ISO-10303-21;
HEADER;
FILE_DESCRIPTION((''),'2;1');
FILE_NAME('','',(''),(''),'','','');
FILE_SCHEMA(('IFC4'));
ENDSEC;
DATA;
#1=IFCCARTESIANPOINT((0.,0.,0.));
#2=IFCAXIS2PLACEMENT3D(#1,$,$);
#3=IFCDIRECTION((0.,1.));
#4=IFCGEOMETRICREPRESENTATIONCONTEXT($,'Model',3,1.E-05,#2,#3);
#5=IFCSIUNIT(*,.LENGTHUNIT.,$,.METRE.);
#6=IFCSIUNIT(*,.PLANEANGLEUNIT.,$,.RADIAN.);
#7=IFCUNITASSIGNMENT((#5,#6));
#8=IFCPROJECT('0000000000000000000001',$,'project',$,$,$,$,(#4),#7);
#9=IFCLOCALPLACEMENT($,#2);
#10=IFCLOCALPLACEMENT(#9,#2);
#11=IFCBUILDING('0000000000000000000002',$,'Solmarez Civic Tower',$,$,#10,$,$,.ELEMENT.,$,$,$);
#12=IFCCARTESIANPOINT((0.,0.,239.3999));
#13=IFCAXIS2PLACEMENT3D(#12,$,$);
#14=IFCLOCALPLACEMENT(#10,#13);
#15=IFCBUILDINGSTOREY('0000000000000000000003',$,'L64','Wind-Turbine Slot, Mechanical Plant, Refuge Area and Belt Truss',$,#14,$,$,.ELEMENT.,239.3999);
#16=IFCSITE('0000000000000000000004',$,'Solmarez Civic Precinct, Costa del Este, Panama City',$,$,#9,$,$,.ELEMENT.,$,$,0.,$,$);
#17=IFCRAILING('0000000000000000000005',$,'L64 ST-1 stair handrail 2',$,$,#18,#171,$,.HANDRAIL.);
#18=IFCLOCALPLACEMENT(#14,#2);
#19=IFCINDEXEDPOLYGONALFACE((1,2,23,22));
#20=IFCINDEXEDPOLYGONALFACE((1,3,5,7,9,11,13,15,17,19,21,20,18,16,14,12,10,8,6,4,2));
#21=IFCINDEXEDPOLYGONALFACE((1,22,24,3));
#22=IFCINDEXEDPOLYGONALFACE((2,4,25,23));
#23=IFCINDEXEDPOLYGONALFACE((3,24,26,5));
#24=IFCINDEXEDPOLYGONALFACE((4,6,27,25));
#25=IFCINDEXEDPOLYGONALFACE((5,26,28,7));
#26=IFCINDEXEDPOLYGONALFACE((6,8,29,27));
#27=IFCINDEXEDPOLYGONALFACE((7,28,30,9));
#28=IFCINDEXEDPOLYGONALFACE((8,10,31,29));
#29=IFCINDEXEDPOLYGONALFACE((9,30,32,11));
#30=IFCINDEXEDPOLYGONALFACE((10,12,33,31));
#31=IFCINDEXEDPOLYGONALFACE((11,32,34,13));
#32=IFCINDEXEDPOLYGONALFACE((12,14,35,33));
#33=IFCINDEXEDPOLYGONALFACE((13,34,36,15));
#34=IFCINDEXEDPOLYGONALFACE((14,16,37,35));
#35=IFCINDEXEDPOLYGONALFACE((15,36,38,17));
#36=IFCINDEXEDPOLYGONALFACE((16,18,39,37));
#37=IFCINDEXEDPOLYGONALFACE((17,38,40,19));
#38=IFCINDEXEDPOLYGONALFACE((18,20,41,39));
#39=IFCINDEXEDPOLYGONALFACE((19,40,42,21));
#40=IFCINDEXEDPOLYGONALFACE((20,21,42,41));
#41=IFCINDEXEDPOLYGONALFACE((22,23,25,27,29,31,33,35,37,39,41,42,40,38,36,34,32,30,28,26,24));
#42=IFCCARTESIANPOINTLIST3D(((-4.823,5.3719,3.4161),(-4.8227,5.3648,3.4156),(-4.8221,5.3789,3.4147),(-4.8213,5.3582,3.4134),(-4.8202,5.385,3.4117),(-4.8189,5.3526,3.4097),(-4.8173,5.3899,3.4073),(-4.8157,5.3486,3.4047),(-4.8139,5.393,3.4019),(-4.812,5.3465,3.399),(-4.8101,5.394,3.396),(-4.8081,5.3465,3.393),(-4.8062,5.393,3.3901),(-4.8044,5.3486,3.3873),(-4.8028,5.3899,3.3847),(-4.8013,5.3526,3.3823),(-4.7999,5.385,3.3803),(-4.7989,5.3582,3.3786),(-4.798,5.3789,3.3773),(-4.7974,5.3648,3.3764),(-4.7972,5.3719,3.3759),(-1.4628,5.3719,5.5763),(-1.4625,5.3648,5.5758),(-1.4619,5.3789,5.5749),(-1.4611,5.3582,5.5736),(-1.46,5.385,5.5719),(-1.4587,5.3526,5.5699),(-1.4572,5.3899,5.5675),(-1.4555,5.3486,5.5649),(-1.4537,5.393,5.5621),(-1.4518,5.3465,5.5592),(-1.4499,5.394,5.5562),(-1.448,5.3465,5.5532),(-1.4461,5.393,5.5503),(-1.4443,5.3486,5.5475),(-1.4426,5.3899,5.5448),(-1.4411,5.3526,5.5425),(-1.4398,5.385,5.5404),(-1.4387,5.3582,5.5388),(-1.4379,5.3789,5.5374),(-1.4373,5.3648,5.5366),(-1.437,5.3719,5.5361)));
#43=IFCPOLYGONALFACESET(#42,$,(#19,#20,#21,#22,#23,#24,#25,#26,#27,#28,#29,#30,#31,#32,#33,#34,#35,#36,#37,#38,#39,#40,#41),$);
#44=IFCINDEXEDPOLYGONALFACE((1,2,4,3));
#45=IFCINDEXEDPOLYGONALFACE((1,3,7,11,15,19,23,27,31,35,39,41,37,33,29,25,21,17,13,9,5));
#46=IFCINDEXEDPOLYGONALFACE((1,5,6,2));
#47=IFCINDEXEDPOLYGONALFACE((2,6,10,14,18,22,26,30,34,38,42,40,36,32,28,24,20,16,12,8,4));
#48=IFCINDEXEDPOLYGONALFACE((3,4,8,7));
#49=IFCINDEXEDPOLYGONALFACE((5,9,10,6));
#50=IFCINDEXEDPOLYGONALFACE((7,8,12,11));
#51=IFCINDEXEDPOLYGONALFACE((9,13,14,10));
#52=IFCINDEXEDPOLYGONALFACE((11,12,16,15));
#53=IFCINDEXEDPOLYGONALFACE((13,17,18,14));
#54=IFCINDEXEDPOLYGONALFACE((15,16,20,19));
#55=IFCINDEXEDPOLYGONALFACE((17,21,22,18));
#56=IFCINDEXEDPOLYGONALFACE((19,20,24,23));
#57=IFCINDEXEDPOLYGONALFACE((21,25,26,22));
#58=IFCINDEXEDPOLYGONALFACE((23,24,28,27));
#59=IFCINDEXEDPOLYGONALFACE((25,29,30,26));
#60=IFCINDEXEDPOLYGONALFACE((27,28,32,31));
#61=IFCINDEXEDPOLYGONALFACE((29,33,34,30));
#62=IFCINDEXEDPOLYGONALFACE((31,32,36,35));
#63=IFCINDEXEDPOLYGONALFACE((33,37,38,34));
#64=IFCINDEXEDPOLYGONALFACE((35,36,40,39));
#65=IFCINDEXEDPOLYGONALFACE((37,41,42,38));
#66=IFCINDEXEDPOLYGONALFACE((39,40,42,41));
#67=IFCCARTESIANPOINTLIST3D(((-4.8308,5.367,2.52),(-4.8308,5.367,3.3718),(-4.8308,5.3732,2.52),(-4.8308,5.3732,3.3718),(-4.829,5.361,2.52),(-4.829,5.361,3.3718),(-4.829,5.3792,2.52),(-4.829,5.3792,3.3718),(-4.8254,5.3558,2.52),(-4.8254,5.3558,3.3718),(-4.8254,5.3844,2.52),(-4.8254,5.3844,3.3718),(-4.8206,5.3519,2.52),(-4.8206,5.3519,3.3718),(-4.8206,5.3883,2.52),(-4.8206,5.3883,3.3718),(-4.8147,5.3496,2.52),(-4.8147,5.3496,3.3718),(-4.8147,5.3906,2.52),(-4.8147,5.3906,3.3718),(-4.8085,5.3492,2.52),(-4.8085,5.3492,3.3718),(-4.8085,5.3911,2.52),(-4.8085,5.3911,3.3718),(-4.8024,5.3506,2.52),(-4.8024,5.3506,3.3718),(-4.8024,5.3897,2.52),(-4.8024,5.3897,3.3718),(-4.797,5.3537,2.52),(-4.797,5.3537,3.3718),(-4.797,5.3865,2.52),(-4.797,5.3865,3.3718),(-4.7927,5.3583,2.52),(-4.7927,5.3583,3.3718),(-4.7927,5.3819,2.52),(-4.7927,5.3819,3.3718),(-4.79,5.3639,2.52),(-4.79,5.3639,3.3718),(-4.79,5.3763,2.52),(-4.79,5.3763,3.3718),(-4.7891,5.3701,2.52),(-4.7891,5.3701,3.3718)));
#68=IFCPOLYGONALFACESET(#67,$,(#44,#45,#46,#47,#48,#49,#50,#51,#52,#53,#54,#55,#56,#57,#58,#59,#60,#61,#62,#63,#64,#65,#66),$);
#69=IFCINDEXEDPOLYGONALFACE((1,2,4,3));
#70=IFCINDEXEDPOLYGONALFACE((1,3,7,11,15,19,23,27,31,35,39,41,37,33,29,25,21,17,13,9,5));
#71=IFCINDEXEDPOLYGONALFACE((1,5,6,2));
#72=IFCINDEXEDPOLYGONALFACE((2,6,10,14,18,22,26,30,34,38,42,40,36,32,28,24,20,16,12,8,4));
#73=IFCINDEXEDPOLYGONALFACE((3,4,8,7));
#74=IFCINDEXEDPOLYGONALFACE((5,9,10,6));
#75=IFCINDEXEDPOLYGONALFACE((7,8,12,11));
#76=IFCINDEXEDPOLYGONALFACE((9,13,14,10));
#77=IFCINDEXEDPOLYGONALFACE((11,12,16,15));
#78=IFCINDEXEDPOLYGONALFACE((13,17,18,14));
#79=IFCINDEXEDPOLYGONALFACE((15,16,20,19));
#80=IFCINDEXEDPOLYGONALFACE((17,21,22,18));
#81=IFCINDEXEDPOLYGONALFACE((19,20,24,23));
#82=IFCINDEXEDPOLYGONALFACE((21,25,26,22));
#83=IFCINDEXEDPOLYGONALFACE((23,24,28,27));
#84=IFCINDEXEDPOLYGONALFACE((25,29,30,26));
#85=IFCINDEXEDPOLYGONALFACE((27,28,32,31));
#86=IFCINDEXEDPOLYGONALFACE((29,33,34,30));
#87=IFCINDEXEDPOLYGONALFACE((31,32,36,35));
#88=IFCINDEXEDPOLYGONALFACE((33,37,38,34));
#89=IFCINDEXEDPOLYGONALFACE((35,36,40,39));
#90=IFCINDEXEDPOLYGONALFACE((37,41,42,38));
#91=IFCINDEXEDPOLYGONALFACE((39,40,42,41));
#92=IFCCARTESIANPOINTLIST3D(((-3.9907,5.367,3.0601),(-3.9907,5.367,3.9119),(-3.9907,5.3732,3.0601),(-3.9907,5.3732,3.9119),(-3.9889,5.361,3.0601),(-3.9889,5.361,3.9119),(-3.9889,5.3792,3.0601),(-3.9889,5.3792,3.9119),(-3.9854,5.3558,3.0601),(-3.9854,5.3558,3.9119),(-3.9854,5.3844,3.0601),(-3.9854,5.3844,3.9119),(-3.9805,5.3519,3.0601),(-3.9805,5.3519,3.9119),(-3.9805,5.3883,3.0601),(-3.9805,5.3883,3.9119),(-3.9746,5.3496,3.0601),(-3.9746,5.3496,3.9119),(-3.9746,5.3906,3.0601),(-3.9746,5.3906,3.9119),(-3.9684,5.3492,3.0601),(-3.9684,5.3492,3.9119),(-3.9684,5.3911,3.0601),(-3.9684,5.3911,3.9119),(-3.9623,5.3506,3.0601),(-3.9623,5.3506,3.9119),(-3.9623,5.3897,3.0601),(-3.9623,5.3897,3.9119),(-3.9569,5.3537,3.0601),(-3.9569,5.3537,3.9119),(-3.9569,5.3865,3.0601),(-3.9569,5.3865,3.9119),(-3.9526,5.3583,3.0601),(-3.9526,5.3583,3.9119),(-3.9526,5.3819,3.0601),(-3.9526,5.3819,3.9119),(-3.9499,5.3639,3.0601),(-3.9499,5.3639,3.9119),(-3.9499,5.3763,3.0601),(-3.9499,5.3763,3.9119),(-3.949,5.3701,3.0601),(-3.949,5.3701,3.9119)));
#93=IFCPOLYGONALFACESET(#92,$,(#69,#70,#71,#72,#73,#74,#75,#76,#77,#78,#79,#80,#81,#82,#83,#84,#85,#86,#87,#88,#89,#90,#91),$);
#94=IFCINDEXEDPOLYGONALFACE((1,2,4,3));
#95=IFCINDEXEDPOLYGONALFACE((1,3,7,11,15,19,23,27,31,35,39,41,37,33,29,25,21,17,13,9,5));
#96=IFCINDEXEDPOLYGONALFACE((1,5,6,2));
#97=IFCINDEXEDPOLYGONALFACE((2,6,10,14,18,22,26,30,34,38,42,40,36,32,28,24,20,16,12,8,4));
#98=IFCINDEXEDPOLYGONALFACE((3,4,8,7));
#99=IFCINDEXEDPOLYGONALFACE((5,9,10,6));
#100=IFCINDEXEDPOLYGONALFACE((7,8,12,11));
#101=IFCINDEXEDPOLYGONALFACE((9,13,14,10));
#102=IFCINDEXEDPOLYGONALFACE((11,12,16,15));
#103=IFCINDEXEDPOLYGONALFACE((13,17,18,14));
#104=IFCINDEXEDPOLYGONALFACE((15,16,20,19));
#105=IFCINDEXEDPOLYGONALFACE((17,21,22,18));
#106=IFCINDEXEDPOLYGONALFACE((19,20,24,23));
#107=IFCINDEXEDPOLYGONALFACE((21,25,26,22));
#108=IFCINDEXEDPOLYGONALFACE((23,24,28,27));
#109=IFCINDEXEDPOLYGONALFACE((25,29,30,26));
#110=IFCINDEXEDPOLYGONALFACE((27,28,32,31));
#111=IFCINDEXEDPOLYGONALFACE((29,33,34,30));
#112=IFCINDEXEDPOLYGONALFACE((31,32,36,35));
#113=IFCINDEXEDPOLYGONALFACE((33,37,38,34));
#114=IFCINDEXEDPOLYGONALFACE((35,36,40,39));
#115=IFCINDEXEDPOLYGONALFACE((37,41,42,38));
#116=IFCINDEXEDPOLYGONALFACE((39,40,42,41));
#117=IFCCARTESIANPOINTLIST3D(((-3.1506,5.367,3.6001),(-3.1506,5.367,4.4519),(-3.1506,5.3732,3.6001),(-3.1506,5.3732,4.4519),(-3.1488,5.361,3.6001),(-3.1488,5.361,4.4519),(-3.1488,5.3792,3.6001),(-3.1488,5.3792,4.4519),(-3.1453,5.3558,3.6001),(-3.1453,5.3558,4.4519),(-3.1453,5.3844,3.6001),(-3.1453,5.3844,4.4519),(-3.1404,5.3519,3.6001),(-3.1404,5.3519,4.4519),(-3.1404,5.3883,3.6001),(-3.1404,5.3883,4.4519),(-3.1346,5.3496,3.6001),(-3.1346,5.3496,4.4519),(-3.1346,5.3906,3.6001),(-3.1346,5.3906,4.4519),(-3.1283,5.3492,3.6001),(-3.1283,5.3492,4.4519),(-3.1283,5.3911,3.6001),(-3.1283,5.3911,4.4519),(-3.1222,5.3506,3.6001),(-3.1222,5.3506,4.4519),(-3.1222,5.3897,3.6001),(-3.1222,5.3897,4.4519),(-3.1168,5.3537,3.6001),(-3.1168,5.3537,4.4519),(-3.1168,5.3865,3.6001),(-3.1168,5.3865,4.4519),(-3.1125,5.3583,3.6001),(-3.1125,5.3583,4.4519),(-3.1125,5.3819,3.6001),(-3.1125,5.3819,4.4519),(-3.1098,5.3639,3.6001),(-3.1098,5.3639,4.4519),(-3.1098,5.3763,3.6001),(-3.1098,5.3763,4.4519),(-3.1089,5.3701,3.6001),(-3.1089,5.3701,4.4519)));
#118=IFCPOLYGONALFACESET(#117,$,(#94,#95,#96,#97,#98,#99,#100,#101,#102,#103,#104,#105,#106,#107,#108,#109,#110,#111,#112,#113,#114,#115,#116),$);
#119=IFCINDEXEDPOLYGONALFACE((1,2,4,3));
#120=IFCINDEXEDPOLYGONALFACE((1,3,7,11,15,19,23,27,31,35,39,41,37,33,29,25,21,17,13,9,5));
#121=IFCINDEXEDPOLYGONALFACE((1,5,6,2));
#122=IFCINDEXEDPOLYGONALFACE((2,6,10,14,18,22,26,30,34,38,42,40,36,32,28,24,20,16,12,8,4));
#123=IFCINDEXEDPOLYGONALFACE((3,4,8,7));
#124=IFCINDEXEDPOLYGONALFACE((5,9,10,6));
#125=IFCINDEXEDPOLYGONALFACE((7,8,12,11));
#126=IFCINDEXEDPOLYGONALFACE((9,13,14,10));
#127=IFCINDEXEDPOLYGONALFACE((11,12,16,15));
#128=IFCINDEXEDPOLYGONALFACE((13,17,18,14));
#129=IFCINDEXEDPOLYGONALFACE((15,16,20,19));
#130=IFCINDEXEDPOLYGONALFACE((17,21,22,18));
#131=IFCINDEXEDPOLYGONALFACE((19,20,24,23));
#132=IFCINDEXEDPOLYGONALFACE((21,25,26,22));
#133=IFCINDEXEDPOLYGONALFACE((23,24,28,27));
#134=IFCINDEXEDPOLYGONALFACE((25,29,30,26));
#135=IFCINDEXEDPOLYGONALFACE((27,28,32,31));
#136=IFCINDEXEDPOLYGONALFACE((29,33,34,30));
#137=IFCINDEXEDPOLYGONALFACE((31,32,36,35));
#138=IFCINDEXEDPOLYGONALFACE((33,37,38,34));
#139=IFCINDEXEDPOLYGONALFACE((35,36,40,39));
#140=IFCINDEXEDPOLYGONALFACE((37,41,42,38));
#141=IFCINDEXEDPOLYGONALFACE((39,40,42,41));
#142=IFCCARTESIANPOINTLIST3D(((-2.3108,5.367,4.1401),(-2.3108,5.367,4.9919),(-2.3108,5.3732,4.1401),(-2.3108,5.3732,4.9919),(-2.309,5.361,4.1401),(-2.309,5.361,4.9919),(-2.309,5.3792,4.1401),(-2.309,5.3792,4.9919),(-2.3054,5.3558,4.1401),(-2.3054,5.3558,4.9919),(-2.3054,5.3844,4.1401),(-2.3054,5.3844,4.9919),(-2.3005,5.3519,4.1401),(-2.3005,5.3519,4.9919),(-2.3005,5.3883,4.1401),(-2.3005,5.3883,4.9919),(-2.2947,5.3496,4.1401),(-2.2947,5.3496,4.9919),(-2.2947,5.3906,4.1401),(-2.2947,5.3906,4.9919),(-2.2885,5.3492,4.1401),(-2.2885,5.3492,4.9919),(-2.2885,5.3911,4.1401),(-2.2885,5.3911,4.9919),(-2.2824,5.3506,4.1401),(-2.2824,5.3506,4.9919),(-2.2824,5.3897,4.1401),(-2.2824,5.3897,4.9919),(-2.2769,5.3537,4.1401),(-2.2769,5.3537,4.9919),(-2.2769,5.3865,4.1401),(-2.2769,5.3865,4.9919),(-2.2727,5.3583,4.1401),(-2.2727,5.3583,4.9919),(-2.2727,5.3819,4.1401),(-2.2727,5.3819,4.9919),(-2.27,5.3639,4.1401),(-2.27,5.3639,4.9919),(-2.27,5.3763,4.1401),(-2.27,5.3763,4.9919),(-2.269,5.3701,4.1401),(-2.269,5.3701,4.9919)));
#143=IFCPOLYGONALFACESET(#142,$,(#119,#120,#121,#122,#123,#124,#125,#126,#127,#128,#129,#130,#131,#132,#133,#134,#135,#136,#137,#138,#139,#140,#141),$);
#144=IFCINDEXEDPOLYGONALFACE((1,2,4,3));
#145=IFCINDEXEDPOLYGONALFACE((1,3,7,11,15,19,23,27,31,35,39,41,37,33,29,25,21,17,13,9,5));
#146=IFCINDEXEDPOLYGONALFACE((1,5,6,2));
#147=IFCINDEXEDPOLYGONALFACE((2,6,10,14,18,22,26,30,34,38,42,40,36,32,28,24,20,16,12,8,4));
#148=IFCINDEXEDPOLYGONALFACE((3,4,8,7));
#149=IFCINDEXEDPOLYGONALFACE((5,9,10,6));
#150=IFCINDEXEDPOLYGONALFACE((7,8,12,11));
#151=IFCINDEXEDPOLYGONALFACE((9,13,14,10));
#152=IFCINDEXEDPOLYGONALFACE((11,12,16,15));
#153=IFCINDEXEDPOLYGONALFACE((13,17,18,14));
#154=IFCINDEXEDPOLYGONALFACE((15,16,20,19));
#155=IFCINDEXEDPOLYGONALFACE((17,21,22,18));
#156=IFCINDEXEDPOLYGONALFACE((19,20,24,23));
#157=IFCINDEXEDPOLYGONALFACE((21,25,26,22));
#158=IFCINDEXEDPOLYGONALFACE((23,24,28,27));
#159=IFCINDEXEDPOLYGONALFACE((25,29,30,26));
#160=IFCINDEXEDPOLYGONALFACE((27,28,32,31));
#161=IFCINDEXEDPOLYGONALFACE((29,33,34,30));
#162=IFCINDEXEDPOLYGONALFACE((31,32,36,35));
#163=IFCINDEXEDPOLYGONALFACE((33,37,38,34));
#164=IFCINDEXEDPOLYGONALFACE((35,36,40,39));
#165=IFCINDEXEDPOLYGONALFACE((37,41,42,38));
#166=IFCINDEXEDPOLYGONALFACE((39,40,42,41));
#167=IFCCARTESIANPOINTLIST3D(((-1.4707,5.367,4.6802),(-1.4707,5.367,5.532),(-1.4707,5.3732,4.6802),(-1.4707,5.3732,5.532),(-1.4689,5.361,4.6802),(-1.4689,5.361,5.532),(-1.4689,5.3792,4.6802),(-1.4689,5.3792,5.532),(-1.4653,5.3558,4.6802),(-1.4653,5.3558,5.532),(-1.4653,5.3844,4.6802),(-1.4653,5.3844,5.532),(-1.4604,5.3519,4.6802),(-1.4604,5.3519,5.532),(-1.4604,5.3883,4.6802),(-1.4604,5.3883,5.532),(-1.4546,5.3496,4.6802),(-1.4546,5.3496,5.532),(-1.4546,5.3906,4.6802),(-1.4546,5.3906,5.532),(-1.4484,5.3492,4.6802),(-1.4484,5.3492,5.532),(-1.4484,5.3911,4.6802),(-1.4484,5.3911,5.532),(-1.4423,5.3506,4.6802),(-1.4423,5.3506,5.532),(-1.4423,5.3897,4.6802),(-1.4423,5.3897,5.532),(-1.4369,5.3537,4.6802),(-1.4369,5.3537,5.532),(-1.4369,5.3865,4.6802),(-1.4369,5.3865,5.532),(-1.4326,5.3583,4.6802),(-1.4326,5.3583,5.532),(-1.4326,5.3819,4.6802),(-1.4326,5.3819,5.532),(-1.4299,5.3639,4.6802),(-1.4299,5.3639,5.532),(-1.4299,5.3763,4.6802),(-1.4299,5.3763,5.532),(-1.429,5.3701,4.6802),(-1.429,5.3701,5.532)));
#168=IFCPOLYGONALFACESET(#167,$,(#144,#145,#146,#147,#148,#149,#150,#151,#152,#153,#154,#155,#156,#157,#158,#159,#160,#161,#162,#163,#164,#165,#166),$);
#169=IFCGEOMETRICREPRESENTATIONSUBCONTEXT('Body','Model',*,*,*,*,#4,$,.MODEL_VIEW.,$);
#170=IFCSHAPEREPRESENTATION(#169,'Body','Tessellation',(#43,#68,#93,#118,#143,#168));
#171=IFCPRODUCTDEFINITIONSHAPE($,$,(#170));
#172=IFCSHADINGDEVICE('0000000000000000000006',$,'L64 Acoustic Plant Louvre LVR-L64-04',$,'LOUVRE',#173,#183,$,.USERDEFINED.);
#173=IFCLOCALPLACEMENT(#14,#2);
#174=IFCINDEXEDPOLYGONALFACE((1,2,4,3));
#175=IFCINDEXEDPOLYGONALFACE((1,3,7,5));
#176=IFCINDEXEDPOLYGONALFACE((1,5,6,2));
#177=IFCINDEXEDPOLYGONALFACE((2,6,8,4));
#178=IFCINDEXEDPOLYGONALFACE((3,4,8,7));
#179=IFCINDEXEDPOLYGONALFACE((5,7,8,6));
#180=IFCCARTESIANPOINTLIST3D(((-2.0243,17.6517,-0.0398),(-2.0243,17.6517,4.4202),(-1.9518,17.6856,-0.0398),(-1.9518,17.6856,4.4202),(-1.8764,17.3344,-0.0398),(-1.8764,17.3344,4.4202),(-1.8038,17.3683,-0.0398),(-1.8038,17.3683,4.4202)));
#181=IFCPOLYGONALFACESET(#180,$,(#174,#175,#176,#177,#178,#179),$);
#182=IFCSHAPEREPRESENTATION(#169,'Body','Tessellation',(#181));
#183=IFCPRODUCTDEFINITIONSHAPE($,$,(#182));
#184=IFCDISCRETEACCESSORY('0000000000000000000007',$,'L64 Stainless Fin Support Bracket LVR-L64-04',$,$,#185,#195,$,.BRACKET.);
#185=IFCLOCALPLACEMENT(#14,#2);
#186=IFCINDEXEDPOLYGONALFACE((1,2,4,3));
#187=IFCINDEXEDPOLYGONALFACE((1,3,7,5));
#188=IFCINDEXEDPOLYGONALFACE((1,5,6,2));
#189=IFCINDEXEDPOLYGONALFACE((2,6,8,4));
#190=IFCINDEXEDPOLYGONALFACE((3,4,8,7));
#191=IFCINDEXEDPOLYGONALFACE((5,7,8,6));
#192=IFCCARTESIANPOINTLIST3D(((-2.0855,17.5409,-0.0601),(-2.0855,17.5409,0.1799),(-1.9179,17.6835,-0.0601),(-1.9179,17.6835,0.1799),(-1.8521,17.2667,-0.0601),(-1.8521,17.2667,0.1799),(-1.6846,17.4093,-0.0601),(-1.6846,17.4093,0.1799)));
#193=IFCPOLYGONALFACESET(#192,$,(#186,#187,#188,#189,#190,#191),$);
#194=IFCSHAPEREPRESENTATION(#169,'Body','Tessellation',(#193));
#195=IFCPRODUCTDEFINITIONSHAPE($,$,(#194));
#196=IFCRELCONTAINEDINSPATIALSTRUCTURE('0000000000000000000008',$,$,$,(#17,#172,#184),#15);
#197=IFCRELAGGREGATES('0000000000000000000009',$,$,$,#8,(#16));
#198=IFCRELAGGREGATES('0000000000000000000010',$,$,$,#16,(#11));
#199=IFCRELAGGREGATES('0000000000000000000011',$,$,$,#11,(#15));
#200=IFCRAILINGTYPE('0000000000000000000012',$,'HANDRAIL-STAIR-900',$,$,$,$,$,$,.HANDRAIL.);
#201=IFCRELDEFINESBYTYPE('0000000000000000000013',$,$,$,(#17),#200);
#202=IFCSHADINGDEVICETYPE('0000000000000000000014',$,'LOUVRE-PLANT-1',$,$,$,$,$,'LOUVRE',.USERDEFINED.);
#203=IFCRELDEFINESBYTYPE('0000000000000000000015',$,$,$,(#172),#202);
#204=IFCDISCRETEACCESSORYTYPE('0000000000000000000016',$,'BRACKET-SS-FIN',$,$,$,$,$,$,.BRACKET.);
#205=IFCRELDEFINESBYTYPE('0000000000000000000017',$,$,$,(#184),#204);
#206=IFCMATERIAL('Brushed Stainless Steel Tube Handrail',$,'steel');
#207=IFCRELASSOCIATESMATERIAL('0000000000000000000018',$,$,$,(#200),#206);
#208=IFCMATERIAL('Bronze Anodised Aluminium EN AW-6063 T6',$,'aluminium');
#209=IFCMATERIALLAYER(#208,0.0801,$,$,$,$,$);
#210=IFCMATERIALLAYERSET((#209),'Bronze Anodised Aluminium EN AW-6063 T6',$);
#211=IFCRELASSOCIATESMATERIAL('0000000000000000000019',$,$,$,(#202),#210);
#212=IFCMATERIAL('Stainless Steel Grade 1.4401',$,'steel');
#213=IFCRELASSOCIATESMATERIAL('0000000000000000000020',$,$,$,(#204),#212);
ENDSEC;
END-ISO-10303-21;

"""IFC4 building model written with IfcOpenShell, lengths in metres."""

from ifc_helpers import new_model, si_unit, direction, frame, origin, origin_2d, place, context, subcontext, project, spatial, rectangle, circle, extrude, material, layer, layer_set, type_object, element, save


model = new_model("IFC4")

# Units and contexts
model_context = context("Model", 3, precision=1e-05, world=origin(), true_north=direction((0.0, 1.0)))
body_context = subcontext(model_context, "Body", "Model", "MODEL_VIEW")
ifc_project = project(units=[si_unit("LENGTHUNIT", "METRE"), si_unit("PLANEANGLEUNIT", "RADIAN")], contexts=[model_context])

# Site, building, storey
site_placement = place(None, origin())
site = spatial("IfcSite", under=ifc_project, at=site_placement, Name="Solmarez Civic Precinct, Costa del Este, Panama City", CompositionType="ELEMENT", RefElevation=0.0)
building_placement = place(site_placement, origin())
building = spatial("IfcBuilding", under=site, at=building_placement, Name="Solmarez Civic Tower", CompositionType="ELEMENT")
storey_placement = place(building_placement, frame((0.0, 0.0, 239.3999)))
storey = spatial("IfcBuildingStorey", under=building, at=storey_placement, Name="L64", Description="Wind-Turbine Slot, Mechanical Plant, Refuge Area and Belt Truss", CompositionType="ELEMENT", Elevation=239.3999)

# Railing
ifc_material_1 = material(Name="Brushed Stainless Steel Tube Handrail", Category="steel")
railing_type_1 = type_object("IfcRailingType", Name="HANDRAIL-STAIR-900", PredefinedType="HANDRAIL", material=ifc_material_1)
railing_1_placement = place(storey_placement, frame((-4.8101, 5.3701, 2.52)))
element("IfcRailing", 1, at=railing_1_placement, inside=storey, type_object=railing_type_1, Name="L64 ST-1 stair handrail 2", PredefinedType="HANDRAIL", context=body_context, shape_type="SweptSolid", body=[
    extrude(circle(Radius=0.0239, at=origin_2d()), frame((0.0, 0.0, 0.876), z_axis=(0.841169, 0.0, 0.540773), x_axis=(0.0, 1.0, 0.0)), (0.0, 0.0, 1.0), 3.9946),
    extrude(circle(Radius=0.021, at=origin_2d()), origin(), (0.0, 0.0, 1.0), 0.8518),
    extrude(circle(Radius=0.021, at=origin_2d()), frame((0.8401, 0.0, 0.54)), (0.0, 0.0, 1.0), 0.8518),
    extrude(circle(Radius=0.021, at=origin_2d()), frame((1.6802, 0.0, 1.0801)), (0.0, 0.0, 1.0), 0.8518),
    extrude(circle(Radius=0.021, at=origin_2d()), frame((2.52, 0.0, 1.6201)), (0.0, 0.0, 1.0), 0.8518),
    extrude(circle(Radius=0.021, at=origin_2d()), frame((3.3601, 0.0, 2.1602)), (0.0, 0.0, 1.0), 0.8518),
])

# Shading device
ifc_material_2 = material(Name="Bronze Anodised Aluminium EN AW-6063 T6", Category="aluminium")
ifc_layer_1 = layer(ifc_material_2, 0.0801)
ifc_layer_set_1 = layer_set([ifc_layer_1], Name="Bronze Anodised Aluminium EN AW-6063 T6")
shading_device_type = type_object("IfcShadingDeviceType", Name="LOUVRE-PLANT-1", ElementType="LOUVRE", PredefinedType="USERDEFINED", material=ifc_layer_set_1)
shading_device_placement = place(storey_placement, frame((-1.9141, 17.51, -0.0398), z_axis=(0.0, 0.0, 1.0), x_axis=(-0.422602, 0.906315, 0.0)))
element("IfcShadingDevice", 2, at=shading_device_placement, inside=storey, type_object=shading_device_type, Name="L64 Acoustic Plant Louvre LVR-L64-04", ObjectType="LOUVRE", PredefinedType="USERDEFINED", context=body_context, shape_type="SweptSolid", body=[
    extrude(rectangle(XDim=0.3501, YDim=0.0801, at=origin_2d()), origin(), (0.0, 0.0, 1.0), 4.46),
])

# Discrete accessory
ifc_material_3 = material(Name="Stainless Steel Grade 1.4401", Category="steel")
discrete_accessory_type = type_object("IfcDiscreteAccessoryType", Name="BRACKET-SS-FIN", PredefinedType="BRACKET", material=ifc_material_3)
discrete_accessory_placement = place(storey_placement, frame((-1.885, 17.4751, -0.0601), z_axis=(0.0, 0.0, 1.0), x_axis=(-0.6481, 0.761555, 0.0)))
element("IfcDiscreteAccessory", 3, at=discrete_accessory_placement, inside=storey, type_object=discrete_accessory_type, Name="L64 Stainless Fin Support Bracket LVR-L64-04", PredefinedType="BRACKET", context=body_context, shape_type="SweptSolid", body=[
    extrude(rectangle(XDim=0.3601, YDim=0.22, at=origin_2d()), origin(), (0.0, 0.0, 1.0), 0.24),
])

save(model, "model.ifc")
